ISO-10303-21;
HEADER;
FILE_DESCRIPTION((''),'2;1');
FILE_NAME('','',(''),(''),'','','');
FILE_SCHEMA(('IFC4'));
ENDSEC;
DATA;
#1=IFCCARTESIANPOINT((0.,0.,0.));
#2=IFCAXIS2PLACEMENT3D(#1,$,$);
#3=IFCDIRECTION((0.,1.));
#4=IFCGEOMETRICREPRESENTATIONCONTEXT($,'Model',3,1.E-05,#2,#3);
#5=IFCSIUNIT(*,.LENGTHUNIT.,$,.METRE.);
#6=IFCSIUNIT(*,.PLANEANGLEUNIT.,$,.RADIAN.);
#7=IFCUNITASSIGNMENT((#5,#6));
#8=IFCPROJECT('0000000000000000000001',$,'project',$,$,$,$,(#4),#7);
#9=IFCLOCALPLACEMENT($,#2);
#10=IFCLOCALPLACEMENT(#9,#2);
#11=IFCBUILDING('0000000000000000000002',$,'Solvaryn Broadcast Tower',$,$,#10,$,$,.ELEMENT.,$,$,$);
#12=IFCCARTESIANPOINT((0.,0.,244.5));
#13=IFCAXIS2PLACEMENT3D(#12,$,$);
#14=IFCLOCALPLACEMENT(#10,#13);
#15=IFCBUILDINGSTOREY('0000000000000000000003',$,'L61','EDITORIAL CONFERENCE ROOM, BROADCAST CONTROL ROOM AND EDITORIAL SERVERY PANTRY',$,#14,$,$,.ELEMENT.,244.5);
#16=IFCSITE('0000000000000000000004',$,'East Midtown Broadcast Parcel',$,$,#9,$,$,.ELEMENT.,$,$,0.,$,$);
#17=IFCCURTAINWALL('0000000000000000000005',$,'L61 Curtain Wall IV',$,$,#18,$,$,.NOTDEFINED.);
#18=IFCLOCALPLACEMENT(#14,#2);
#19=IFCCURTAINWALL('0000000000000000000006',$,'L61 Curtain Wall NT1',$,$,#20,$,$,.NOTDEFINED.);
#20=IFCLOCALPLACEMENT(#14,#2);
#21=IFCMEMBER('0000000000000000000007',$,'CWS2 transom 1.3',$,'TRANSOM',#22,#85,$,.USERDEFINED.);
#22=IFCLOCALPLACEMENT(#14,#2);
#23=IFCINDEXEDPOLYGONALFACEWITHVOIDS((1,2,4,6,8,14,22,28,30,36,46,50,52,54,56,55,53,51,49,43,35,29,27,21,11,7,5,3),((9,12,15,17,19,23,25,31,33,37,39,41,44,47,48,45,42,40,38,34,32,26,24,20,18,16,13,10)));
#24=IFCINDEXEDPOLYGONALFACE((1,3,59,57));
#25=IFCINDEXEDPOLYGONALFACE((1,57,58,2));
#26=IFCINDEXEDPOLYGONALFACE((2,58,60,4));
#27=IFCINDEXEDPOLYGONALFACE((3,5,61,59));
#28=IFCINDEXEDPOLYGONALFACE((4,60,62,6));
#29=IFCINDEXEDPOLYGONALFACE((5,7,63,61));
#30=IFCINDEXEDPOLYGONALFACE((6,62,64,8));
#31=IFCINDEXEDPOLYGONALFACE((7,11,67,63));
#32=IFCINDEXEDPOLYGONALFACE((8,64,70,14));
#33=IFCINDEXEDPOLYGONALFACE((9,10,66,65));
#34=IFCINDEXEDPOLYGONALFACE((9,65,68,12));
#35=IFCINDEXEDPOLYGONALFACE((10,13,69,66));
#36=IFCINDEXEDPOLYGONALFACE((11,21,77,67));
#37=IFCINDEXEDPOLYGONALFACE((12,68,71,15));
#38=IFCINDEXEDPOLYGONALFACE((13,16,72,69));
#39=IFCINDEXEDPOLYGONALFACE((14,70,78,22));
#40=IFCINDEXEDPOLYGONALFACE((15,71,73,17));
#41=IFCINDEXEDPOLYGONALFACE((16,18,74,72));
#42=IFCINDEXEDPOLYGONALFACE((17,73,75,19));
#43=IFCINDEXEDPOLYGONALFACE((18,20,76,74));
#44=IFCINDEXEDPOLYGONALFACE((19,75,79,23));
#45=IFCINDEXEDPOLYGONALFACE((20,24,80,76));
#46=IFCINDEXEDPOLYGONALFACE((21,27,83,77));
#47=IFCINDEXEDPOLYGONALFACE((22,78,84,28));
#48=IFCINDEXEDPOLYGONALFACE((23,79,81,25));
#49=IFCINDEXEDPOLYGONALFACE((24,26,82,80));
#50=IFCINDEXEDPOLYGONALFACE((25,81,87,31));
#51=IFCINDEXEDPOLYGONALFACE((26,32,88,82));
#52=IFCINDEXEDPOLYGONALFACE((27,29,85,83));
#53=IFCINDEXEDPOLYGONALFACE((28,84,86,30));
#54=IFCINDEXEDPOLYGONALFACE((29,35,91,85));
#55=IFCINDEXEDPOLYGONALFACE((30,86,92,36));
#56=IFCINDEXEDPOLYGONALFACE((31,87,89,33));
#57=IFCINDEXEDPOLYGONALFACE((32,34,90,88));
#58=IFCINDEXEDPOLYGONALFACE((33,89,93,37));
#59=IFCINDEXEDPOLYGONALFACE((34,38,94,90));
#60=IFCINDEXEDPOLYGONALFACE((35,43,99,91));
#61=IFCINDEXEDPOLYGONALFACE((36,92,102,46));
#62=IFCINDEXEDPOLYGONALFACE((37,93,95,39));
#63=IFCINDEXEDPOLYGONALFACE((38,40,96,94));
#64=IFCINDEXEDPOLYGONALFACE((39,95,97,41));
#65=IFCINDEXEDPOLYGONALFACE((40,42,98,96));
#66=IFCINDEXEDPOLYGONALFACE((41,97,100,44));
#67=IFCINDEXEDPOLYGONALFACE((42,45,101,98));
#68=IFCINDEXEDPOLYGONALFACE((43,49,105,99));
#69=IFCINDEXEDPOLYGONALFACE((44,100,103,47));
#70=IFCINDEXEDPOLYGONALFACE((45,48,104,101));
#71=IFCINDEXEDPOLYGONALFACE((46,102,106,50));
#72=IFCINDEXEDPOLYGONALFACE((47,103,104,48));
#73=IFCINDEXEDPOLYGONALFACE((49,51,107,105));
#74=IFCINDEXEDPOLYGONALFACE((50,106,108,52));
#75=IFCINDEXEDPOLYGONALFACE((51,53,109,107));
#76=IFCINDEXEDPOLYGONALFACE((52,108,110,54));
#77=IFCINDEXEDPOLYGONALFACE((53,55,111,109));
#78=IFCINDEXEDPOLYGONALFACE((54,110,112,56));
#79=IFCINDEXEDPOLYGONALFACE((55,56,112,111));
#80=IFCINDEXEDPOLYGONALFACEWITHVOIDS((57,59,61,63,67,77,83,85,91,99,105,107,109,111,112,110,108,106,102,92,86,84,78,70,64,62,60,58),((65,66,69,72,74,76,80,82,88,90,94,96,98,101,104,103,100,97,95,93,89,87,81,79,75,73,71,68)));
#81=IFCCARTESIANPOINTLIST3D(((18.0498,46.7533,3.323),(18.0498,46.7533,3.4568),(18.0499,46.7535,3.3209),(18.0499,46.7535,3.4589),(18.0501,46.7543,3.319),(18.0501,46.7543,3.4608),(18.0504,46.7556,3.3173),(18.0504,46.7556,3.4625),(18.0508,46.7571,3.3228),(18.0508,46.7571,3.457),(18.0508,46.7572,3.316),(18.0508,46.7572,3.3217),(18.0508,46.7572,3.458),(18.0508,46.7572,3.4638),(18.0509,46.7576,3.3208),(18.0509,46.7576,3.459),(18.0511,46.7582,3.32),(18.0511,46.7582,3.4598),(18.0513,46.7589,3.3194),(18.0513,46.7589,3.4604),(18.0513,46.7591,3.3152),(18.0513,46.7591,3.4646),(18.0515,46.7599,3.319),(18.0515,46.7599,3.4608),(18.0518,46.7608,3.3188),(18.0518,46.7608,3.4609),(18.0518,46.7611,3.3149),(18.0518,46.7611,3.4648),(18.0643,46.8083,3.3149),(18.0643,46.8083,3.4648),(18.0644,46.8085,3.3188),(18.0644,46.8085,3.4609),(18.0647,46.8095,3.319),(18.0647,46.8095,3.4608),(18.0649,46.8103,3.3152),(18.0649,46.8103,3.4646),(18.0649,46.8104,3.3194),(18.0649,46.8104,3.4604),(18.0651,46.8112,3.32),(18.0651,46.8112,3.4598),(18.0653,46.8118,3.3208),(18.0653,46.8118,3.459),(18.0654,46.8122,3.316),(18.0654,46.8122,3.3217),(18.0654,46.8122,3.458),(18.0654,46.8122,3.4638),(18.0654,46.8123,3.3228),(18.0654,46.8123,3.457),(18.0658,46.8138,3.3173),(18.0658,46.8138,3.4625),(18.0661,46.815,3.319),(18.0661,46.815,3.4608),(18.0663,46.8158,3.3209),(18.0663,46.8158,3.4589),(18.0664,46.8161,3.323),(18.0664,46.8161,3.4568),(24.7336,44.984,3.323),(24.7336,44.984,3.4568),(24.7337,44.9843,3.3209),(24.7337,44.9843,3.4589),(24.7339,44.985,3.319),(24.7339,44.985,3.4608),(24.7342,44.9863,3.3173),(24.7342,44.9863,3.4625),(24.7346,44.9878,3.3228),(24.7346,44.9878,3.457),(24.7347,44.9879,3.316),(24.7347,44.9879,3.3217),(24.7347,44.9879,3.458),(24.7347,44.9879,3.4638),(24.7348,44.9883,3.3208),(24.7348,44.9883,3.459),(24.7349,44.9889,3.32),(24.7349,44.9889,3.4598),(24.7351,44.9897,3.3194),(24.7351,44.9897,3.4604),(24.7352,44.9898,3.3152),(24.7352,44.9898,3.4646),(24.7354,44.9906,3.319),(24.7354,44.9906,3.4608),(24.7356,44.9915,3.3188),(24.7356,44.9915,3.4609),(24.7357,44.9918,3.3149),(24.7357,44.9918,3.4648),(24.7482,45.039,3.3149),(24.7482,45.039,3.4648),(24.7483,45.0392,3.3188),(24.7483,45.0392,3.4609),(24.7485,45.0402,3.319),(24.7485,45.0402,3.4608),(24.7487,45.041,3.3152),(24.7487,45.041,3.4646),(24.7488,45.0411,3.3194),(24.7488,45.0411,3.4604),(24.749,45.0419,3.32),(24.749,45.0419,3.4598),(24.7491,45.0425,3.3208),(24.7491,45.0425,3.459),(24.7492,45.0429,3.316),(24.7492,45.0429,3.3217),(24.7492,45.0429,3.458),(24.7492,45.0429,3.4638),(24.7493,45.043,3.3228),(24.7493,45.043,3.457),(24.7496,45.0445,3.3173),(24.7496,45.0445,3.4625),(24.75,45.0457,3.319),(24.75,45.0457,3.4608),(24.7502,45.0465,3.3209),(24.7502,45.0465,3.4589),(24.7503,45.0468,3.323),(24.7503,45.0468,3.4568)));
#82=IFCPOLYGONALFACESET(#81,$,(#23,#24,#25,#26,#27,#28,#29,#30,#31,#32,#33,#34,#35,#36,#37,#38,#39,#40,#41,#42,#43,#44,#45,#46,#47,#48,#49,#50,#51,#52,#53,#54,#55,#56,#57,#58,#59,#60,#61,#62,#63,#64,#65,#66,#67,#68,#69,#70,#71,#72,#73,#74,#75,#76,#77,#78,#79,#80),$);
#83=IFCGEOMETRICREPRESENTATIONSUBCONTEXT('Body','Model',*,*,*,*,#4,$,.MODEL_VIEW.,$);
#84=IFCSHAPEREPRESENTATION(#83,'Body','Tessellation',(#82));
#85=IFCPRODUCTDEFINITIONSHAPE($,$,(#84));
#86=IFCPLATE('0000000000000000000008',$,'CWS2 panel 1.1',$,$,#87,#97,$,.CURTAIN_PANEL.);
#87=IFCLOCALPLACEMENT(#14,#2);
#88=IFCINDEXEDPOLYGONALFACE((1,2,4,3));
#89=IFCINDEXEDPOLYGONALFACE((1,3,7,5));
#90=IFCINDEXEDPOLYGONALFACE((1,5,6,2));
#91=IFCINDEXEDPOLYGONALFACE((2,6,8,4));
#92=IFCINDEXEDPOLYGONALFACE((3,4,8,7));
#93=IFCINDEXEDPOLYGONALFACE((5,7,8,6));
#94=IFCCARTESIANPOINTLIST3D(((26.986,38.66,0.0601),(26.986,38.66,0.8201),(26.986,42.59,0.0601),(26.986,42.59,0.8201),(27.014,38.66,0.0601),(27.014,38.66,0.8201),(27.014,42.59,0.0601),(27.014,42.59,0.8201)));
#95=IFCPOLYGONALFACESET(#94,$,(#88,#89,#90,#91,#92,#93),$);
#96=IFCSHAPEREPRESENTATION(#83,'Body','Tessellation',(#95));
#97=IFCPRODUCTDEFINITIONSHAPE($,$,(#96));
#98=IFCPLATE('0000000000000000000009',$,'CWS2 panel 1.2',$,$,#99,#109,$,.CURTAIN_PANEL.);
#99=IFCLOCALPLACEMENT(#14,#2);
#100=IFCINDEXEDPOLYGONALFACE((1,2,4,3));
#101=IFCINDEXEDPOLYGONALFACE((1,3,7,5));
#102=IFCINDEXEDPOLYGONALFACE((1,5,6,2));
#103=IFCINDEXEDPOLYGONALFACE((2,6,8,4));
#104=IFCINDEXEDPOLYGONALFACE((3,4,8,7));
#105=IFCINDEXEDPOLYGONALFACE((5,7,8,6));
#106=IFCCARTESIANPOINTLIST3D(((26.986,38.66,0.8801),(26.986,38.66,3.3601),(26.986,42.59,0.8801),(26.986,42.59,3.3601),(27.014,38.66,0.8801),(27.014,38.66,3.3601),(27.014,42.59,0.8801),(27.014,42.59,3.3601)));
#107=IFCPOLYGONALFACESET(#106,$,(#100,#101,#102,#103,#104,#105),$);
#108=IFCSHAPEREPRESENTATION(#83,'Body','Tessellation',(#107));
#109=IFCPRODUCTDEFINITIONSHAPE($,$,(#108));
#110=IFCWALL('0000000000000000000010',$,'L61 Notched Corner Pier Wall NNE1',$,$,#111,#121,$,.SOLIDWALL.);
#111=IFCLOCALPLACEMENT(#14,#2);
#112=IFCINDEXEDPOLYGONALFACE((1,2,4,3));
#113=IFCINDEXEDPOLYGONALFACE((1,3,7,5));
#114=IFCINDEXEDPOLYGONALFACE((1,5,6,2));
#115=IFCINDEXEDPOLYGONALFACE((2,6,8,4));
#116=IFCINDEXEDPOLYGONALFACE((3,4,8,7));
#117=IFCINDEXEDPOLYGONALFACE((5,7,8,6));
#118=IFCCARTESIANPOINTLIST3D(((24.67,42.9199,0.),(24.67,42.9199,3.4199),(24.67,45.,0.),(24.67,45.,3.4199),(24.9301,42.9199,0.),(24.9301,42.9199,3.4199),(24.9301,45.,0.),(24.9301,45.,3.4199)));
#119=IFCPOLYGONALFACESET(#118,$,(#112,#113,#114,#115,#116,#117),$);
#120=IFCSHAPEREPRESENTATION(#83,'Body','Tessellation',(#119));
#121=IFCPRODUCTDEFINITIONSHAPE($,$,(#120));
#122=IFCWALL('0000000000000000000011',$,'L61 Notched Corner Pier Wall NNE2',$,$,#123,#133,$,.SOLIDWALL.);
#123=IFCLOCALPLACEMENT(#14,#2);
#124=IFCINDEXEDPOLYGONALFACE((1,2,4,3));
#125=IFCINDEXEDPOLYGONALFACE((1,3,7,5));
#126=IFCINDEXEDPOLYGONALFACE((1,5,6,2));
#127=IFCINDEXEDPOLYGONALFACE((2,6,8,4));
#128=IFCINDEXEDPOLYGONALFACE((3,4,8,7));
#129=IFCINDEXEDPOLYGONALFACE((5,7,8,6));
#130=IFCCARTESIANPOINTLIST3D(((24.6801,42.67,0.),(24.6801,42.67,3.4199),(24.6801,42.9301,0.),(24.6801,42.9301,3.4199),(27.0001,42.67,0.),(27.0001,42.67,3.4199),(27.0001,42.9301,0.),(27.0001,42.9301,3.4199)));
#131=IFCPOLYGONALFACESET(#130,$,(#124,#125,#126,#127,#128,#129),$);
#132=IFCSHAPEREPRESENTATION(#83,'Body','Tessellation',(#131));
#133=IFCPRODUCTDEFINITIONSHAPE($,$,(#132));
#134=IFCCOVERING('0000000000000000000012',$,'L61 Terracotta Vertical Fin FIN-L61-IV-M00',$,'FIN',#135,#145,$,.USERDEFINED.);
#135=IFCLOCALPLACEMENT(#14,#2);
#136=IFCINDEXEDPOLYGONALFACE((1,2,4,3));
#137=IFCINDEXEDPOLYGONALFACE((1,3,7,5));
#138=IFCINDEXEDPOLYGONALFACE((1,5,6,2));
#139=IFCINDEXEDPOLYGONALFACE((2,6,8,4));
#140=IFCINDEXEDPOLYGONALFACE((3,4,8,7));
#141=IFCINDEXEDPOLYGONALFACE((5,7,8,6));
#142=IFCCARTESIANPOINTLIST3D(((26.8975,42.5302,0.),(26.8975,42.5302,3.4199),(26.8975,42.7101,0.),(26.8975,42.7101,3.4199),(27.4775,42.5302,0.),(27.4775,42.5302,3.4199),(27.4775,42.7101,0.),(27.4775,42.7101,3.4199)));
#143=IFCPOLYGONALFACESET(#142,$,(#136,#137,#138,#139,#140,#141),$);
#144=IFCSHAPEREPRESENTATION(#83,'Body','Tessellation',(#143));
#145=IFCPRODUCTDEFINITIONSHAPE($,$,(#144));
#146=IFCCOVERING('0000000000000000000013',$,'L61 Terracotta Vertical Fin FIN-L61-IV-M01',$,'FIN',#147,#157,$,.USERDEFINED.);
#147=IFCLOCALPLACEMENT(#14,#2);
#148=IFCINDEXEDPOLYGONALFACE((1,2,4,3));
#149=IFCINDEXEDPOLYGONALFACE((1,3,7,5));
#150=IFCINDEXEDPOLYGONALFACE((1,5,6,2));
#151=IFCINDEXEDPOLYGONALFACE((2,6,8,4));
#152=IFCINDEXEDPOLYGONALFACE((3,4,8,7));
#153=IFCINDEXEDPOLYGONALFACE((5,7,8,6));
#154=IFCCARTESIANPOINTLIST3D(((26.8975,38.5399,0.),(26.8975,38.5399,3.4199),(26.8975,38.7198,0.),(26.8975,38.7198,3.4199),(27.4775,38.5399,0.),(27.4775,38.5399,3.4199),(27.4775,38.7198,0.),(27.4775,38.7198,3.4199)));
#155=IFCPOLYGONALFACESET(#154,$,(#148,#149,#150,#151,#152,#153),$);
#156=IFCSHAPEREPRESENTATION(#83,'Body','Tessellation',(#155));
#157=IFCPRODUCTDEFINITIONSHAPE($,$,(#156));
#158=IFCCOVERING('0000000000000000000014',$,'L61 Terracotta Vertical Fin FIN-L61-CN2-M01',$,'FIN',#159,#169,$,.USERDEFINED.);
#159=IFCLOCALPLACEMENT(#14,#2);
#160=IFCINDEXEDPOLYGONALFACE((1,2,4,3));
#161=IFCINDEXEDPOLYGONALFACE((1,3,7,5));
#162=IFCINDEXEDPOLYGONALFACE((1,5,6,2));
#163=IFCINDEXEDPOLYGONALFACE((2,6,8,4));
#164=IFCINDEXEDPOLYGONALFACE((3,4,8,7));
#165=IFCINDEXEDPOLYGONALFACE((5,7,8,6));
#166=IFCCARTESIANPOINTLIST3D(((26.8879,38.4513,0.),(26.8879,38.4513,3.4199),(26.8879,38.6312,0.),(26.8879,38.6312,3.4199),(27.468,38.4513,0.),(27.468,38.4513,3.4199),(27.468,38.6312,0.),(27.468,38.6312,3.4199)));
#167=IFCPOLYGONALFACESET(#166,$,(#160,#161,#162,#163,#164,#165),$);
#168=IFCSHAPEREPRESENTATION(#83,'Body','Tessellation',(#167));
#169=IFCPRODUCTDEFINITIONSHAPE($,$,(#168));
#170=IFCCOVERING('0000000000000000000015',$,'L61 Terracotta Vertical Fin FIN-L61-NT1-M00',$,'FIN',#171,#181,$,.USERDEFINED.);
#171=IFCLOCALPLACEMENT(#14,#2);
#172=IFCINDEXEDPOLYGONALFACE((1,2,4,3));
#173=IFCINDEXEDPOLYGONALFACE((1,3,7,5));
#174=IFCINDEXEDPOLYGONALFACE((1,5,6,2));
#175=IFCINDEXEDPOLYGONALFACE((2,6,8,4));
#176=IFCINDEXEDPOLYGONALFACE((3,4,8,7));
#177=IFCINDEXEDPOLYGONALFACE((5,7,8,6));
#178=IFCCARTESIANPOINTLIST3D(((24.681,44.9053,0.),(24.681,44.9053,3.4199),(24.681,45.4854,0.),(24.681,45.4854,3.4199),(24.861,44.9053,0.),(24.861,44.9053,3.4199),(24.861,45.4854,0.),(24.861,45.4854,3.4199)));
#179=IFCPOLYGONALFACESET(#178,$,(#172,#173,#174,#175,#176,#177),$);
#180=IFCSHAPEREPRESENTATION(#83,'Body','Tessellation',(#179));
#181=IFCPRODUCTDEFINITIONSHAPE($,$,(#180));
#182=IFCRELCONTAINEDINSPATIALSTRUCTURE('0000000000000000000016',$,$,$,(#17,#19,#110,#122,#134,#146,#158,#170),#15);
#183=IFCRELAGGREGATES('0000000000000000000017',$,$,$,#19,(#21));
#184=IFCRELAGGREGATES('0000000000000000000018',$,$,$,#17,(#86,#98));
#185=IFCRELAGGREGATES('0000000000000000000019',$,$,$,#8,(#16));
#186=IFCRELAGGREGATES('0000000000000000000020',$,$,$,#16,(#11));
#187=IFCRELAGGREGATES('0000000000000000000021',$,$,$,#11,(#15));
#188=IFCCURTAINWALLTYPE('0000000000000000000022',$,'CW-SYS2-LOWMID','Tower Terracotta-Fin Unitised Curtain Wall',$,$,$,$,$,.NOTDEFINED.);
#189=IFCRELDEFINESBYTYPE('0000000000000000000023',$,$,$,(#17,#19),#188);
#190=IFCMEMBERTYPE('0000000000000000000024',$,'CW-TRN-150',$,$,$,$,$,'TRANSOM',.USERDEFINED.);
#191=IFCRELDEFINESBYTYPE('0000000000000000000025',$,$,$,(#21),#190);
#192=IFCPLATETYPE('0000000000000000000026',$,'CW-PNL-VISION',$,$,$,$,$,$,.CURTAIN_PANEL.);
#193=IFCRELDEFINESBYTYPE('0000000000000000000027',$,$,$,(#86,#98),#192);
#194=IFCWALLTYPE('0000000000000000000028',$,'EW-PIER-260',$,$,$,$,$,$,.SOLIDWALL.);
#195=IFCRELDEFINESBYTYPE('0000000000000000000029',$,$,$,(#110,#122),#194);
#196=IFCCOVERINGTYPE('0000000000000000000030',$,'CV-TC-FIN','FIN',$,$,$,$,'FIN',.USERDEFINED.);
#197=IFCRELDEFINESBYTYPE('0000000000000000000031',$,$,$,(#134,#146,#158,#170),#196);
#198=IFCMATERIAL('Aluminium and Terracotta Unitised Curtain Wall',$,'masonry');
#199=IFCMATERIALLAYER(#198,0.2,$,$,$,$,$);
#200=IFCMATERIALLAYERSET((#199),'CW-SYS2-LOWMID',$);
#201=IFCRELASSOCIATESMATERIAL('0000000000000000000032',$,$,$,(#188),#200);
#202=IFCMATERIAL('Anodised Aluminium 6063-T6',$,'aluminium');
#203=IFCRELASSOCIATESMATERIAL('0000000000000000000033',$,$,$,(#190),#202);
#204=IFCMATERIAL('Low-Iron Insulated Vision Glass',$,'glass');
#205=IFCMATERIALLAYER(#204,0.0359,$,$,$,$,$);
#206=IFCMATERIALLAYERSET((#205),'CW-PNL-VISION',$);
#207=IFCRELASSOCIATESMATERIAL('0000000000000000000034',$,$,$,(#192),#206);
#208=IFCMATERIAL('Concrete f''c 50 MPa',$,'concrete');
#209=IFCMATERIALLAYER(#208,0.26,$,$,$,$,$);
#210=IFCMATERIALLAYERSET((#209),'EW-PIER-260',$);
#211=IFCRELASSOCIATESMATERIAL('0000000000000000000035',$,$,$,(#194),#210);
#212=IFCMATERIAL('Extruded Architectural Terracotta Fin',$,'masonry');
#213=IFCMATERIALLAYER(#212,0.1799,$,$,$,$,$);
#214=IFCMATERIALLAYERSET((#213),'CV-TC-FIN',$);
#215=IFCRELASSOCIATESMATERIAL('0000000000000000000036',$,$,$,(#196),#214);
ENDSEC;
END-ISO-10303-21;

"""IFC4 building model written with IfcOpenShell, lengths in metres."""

from ifc_helpers import new_model, si_unit, direction, frame, frame_2d, origin, origin_2d, place, context, subcontext, project, spatial, rectangle, hollow_rectangle, extrude, material, layer, layer_set, material_profile, profile_set, type_object, element, aggregate, save


model = new_model("IFC4")

# Units and contexts
model_context = context("Model", 3, precision=1e-05, world=origin(), true_north=direction((0.0, 1.0)))
body_context = subcontext(model_context, "Body", "Model", "MODEL_VIEW")
ifc_project = project(units=[si_unit("LENGTHUNIT", "METRE"), si_unit("PLANEANGLEUNIT", "RADIAN")], contexts=[model_context])

# Site, building, storey
site_placement = place(None, origin())
site = spatial("IfcSite", under=ifc_project, at=site_placement, Name="East Midtown Broadcast Parcel", CompositionType="ELEMENT", RefElevation=0.0)
building_placement = place(site_placement, origin())
building = spatial("IfcBuilding", under=site, at=building_placement, Name="Solvaryn Broadcast Tower", CompositionType="ELEMENT")
storey_placement = place(building_placement, frame((0.0, 0.0, 244.5)))
storey = spatial("IfcBuildingStorey", under=building, at=storey_placement, Name="L61", Description="EDITORIAL CONFERENCE ROOM, BROADCAST CONTROL ROOM AND EDITORIAL SERVERY PANTRY", CompositionType="ELEMENT", Elevation=244.5)

# Curtain wall
ifc_material_1 = material(Name="Aluminium and Terracotta Unitised Curtain Wall", Category="masonry")
ifc_layer_1 = layer(ifc_material_1, 0.2)
ifc_layer_set_1 = layer_set([ifc_layer_1], Name="CW-SYS2-LOWMID")
curtain_wall_type = type_object("IfcCurtainWallType", Name="CW-SYS2-LOWMID", Description="Tower Terracotta-Fin Unitised Curtain Wall", PredefinedType="NOTDEFINED", material=ifc_layer_set_1)
curtain_wall_1_placement = place(storey_placement, origin())
curtain_wall_1 = element("IfcCurtainWall", 1, at=curtain_wall_1_placement, inside=storey, type_object=curtain_wall_type, Name="L61 Curtain Wall IV", PredefinedType="NOTDEFINED")

# Curtain wall
curtain_wall_2_placement = place(storey_placement, origin())
curtain_wall_2 = element("IfcCurtainWall", 2, at=curtain_wall_2_placement, inside=storey, type_object=curtain_wall_type, Name="L61 Curtain Wall NT1", PredefinedType="NOTDEFINED")

# Member
ifc_material_2 = material(Name="Anodised Aluminium 6063-T6", Category="aluminium")
ifc_material_profile_1 = material_profile(ifc_material_2, hollow_rectangle(XDim=0.0649, YDim=0.1499, WallThickness=0.0039, InnerFilletRadius=0.0039, OuterFilletRadius=0.0081, at=origin_2d()))
ifc_profile_set_1 = profile_set([ifc_material_profile_1], Name="Anodised Aluminium 6063-T6")
member_type_1 = type_object("IfcMemberType", Name="CW-TRN-150", ElementType="TRANSOM", PredefinedType="USERDEFINED", material=ifc_profile_set_1)
member_1_placement = place(storey_placement, frame((24.7419, 45.0154, 3.3899), z_axis=(-0.966704, 0.255897, 0.0), x_axis=(-0.255897, -0.966704, 0.0)))
member_1 = element("IfcMember", 3, at=member_1_placement, type_object=member_type_1, Name="CWS2 transom 1.3", ObjectType="TRANSOM", PredefinedType="USERDEFINED", context=body_context, shape_type="SweptSolid", body=[
    extrude(hollow_rectangle(XDim=0.0649, YDim=0.1499, WallThickness=0.0039, InnerFilletRadius=0.0039, OuterFilletRadius=0.0081, at=origin_2d()), origin(), (0.0, 0.0, 1.0), 6.9141),
])
aggregate(curtain_wall_2, [member_1])

# Plates
ifc_material_3 = material(Name="Low-Iron Insulated Vision Glass", Category="glass")
ifc_layer_2 = layer(ifc_material_3, 0.0359)
ifc_layer_set_2 = layer_set([ifc_layer_2], Name="CW-PNL-VISION")
plate_type = type_object("IfcPlateType", Name="CW-PNL-VISION", PredefinedType="CURTAIN_PANEL", material=ifc_layer_set_2)
plate_1_placement = place(storey_placement, frame((27.0, 40.625, 0.0601), z_axis=(0.0, 0.0, 1.0), x_axis=(0.0, -1.0, 0.0)))
plate_1 = element("IfcPlate", 4, at=plate_1_placement, type_object=plate_type, Name="CWS2 panel 1.1", PredefinedType="CURTAIN_PANEL", context=body_context, shape_type="SweptSolid", body=[
    extrude(rectangle(XDim=3.9299, YDim=0.0281, at=origin_2d()), origin(), (0.0, 0.0, 1.0), 0.76),
])
plate_2_placement = place(storey_placement, frame((27.0, 40.625, 0.8801), z_axis=(0.0, 0.0, 1.0), x_axis=(0.0, -1.0, 0.0)))
plate_2 = element("IfcPlate", 5, at=plate_2_placement, type_object=plate_type, Name="CWS2 panel 1.2", PredefinedType="CURTAIN_PANEL", context=body_context, shape_type="SweptSolid", body=[
    extrude(rectangle(XDim=3.9299, YDim=0.0281, at=origin_2d()), origin(), (0.0, 0.0, 1.0), 2.48),
])
aggregate(curtain_wall_1, [plate_1, plate_2])

# Walls
ifc_material_4 = material(Name="Concrete f'c 50 MPa", Category="concrete")
ifc_layer_3 = layer(ifc_material_4, 0.26)
ifc_layer_set_3 = layer_set([ifc_layer_3], Name="EW-PIER-260")
wall_type_1 = type_object("IfcWallType", Name="EW-PIER-260", PredefinedType="SOLIDWALL", material=ifc_layer_set_3)
wall_1_placement = place(storey_placement, frame((24.8, 45.0, 0.0), z_axis=(0.0, 0.0, 1.0), x_axis=(0.0, -1.0, 0.0)))
element("IfcWall", 6, at=wall_1_placement, inside=storey, type_object=wall_type_1, Name="L61 Notched Corner Pier Wall NNE1", PredefinedType="SOLIDWALL", context=body_context, shape_type="SweptSolid", body=[
    extrude(rectangle(XDim=2.0801, YDim=0.26, at=frame_2d((1.04, 0.0))), origin(), (0.0, 0.0, 1.0), 3.4199),
])
wall_2_placement = place(storey_placement, frame((24.6799, 42.8, 0.0), z_axis=(0.0, 0.0, 1.0), x_axis=(1.0, 0.0, 0.0)))
element("IfcWall", 7, at=wall_2_placement, inside=storey, type_object=wall_type_1, Name="L61 Notched Corner Pier Wall NNE2", PredefinedType="SOLIDWALL", context=body_context, shape_type="SweptSolid", body=[
    extrude(rectangle(XDim=2.3201, YDim=0.26, at=frame_2d((1.1602, 0.0))), origin(), (0.0, 0.0, 1.0), 3.4199),
])

# Coverings
ifc_material_5 = material(Name="Extruded Architectural Terracotta Fin", Category="masonry")
ifc_layer_4 = layer(ifc_material_5, 0.1799)
ifc_layer_set_4 = layer_set([ifc_layer_4], Name="CV-TC-FIN")
covering_type = type_object("IfcCoveringType", Name="CV-TC-FIN", Description="FIN", ElementType="FIN", PredefinedType="USERDEFINED", material=ifc_layer_set_4)
for number, where, z_axis, x_axis, name in (
    (8, (27.1875, 42.6201, 0.0), (0.0, 0.0, 1.0), (1.0, 0.0, 0.0), "L61 Terracotta Vertical Fin FIN-L61-IV-M00"),
    (9, (27.1875, 38.6299, 0.0), (0.0, 0.0, 1.0), (1.0, 0.0, 0.0), "L61 Terracotta Vertical Fin FIN-L61-IV-M01"),
    (10, (27.178, 38.5413, 0.0), (0.0, 0.0, 1.0), (1.0, 0.0, 0.0), "L61 Terracotta Vertical Fin FIN-L61-CN2-M01"),
):
    element("IfcCovering", number, at=place(storey_placement, frame(where, z_axis=z_axis, x_axis=x_axis)), inside=storey, type_object=covering_type, Name=name, ObjectType="FIN", PredefinedType="USERDEFINED", context=body_context, shape_type="SweptSolid", body=[
        extrude(rectangle(XDim=0.5801, YDim=0.1799, at=origin_2d()), origin(), (0.0, 0.0, 1.0), 3.4199),
    ])
covering_placement = place(storey_placement, frame((24.771, 45.1953, 0.0), z_axis=(0.0, 0.0, 1.0), x_axis=(1.0, 0.0, 0.0)))
element("IfcCovering", 11, at=covering_placement, inside=storey, type_object=covering_type, Name="L61 Terracotta Vertical Fin FIN-L61-NT1-M00", ObjectType="FIN", PredefinedType="USERDEFINED", context=body_context, shape_type="SweptSolid", body=[
    extrude(rectangle(XDim=0.1799, YDim=0.5801, at=origin_2d()), origin(), (0.0, 0.0, 1.0), 3.4199),
])

save(model, "model.ifc")
